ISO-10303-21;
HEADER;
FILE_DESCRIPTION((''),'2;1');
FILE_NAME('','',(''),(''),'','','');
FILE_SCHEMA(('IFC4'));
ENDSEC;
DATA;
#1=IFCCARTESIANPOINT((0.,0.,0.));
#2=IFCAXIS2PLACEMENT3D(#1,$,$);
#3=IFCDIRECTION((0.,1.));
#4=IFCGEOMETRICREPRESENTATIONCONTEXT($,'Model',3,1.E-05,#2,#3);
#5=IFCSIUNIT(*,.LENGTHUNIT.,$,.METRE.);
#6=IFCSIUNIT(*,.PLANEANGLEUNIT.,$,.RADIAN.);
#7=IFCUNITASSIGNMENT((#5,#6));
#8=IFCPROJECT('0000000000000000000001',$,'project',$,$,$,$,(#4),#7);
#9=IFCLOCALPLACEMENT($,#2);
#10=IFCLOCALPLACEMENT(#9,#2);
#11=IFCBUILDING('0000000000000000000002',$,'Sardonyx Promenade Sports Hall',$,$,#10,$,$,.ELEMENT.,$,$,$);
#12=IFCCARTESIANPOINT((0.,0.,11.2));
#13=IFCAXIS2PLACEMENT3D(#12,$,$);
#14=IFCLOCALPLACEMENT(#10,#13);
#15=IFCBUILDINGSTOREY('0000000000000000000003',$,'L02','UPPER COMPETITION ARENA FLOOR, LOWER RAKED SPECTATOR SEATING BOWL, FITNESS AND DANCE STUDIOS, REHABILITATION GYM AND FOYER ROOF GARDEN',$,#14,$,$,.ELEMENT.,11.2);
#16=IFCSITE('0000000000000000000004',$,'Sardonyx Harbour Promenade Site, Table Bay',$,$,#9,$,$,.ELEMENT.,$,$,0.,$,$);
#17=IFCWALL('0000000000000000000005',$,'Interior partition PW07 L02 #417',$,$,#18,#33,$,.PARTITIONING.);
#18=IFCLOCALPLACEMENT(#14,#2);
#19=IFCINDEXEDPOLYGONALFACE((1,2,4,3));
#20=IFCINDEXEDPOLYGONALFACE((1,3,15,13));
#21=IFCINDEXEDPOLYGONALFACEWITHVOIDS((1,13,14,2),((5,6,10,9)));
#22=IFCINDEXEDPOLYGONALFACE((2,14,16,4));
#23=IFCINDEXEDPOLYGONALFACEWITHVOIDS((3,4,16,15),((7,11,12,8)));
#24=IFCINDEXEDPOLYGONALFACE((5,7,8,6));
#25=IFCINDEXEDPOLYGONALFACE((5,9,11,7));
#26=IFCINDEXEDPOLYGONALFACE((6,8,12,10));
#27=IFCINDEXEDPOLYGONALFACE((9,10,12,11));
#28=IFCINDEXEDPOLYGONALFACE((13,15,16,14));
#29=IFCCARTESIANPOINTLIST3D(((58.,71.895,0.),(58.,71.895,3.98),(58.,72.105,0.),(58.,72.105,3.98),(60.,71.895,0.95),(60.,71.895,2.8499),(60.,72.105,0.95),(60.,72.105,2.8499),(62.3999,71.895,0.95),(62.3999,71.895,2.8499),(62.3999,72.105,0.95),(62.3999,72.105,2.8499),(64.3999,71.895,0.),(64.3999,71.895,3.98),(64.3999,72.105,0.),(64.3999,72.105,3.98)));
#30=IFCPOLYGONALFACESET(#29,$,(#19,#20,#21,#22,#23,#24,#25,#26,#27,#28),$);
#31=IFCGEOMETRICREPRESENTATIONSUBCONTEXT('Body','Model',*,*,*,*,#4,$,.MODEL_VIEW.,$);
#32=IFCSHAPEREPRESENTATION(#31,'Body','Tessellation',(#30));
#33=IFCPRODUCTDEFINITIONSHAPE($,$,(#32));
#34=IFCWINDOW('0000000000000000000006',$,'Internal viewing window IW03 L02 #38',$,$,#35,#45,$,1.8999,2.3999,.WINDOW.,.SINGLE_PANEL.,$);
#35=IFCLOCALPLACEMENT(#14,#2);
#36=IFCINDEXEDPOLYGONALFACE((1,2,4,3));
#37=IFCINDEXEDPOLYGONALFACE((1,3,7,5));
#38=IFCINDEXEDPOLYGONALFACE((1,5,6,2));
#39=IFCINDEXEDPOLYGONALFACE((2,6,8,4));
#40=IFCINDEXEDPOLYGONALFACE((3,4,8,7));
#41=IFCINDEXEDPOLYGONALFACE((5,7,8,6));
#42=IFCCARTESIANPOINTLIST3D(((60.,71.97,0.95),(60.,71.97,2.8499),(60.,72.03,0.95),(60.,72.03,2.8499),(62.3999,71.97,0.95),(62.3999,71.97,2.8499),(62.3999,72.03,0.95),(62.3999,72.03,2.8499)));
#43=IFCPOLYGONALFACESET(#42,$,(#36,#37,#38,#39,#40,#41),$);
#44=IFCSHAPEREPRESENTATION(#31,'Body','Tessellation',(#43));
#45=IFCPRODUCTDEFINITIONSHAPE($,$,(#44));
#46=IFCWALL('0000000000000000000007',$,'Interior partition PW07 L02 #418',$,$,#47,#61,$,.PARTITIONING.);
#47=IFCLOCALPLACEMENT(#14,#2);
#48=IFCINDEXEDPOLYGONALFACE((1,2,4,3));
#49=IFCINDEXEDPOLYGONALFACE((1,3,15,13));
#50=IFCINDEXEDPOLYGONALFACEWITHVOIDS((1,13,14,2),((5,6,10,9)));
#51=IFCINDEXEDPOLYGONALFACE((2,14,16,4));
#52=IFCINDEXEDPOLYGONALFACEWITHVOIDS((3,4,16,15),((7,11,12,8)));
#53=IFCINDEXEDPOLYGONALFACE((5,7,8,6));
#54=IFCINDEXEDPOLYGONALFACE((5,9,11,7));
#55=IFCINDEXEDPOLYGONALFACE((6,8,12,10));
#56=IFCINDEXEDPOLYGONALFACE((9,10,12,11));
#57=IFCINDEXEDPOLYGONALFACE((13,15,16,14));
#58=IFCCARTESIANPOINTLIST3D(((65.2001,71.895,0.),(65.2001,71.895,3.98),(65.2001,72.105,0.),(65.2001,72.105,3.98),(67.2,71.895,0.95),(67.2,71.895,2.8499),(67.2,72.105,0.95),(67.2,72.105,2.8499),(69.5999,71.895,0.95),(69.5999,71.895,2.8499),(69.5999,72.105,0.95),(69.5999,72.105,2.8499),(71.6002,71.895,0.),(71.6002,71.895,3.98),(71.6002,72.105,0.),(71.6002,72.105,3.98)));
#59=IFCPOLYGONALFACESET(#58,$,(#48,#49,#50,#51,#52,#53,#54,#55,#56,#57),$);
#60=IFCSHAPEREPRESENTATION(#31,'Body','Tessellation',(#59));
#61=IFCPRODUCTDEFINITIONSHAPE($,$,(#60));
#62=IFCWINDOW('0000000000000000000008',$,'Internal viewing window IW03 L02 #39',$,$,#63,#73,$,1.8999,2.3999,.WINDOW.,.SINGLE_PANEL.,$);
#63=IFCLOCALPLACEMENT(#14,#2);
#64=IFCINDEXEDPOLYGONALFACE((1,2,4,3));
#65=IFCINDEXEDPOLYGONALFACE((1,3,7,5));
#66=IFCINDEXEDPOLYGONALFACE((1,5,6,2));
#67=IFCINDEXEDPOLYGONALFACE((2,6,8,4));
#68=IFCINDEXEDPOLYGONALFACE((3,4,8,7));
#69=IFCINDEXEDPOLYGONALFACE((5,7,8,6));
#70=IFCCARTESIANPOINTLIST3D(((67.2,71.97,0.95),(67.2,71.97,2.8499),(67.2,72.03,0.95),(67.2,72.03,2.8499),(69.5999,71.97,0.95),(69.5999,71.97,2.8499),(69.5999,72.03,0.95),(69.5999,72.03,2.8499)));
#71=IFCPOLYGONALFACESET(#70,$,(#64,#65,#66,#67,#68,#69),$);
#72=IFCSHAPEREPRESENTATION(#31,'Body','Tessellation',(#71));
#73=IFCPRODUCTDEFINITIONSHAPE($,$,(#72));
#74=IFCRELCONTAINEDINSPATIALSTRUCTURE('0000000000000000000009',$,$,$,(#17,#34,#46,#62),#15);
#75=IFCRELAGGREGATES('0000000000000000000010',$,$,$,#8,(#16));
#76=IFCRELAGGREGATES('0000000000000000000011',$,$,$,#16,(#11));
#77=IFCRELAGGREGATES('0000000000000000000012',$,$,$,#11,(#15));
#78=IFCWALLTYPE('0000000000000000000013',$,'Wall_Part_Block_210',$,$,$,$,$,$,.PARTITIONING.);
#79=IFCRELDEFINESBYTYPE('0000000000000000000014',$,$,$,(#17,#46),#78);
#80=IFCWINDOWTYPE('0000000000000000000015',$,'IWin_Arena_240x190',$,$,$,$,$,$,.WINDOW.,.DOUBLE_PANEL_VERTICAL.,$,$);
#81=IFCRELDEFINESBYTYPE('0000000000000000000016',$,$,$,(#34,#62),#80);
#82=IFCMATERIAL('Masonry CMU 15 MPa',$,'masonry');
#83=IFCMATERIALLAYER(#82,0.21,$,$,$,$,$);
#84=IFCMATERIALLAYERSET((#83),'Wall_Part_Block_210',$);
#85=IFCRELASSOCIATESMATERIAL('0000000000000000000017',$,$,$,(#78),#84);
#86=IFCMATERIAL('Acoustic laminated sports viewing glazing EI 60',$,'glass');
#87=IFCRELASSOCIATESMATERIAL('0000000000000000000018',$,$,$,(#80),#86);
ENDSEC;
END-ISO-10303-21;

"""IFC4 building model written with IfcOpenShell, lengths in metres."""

from ifc_helpers import new_model, si_unit, direction, frame, frame_2d, origin, place, context, subcontext, project, spatial, rectangle, extrude, material, layer, layer_set, type_object, element, fill, save


model = new_model("IFC4")

# Units and contexts
model_context = context("Model", 3, precision=1e-05, world=origin(), true_north=direction((0.0, 1.0)))
body_context = subcontext(model_context, "Body", "Model", "MODEL_VIEW")
ifc_project = project(units=[si_unit("LENGTHUNIT", "METRE"), si_unit("PLANEANGLEUNIT", "RADIAN")], contexts=[model_context])

# Site, building, storey
site_placement = place(None, origin())
site = spatial("IfcSite", under=ifc_project, at=site_placement, Name="Sardonyx Harbour Promenade Site, Table Bay", CompositionType="ELEMENT", RefElevation=0.0)
building_placement = place(site_placement, origin())
building = spatial("IfcBuilding", under=site, at=building_placement, Name="Sardonyx Promenade Sports Hall", CompositionType="ELEMENT")
storey_placement = place(building_placement, frame((0.0, 0.0, 11.2)))
storey = spatial("IfcBuildingStorey", under=building, at=storey_placement, Name="L02", Description="UPPER COMPETITION ARENA FLOOR, LOWER RAKED SPECTATOR SEATING BOWL, FITNESS AND DANCE STUDIOS, REHABILITATION GYM AND FOYER ROOF GARDEN", CompositionType="ELEMENT", Elevation=11.2)

# Walls, openings, windows
ifc_material_1 = material(Name="Masonry CMU 15 MPa", Category="masonry")
ifc_layer_1 = layer(ifc_material_1, 0.21)
ifc_layer_set_1 = layer_set([ifc_layer_1], Name="Wall_Part_Block_210")
wall_type_1 = type_object("IfcWallType", Name="Wall_Part_Block_210", PredefinedType="PARTITIONING", material=ifc_layer_set_1)
wall_1_placement = place(storey_placement, frame((58.0, 72.0, 0.0), z_axis=(0.0, 0.0, 1.0), x_axis=(1.0, 0.0, 0.0)))
wall_1 = element("IfcWall", 1, at=wall_1_placement, inside=storey, type_object=wall_type_1, Name="Interior partition PW07 L02 #417", PredefinedType="PARTITIONING", context=body_context, shape_type="SweptSolid", body=[
    extrude(rectangle(XDim=6.3999, YDim=0.21, at=frame_2d((3.2, 0.0))), origin(), (0.0, 0.0, 1.0), 3.98),
])
opening_1_placement = place(wall_1_placement, frame((2.0, 0.0, 0.95)))
opening_1 = element("IfcOpeningElement", 2, at=opening_1_placement, cuts=wall_1, PredefinedType="OPENING", context=body_context, shape_type="SweptSolid", body=[
    extrude(rectangle(XDim=2.3999, YDim=1.8999, at=frame_2d((1.2, 0.95))), frame((0.0, 0.115, 0.0), z_axis=(0.0, -1.0, 0.0), x_axis=(1.0, 0.0, 0.0)), (0.0, 0.0, 1.0), 0.23),
])
ifc_material_2 = material(Name="Acoustic laminated sports viewing glazing EI 60", Category="glass")
window_type = type_object("IfcWindowType", Name="IWin_Arena_240x190", PartitioningType="DOUBLE_PANEL_VERTICAL", PredefinedType="WINDOW", material=ifc_material_2)
window_1_placement = place(opening_1_placement, origin())
window_1 = element("IfcWindow", 3, at=window_1_placement, inside=storey, type_object=window_type, Name="Internal viewing window IW03 L02 #38", OverallHeight=1.8999, OverallWidth=2.3999, PartitioningType="SINGLE_PANEL", PredefinedType="WINDOW", context=body_context, shape_type="SweptSolid", body=[
    extrude(rectangle(XDim=2.3999, YDim=1.8999, at=frame_2d((1.2, 0.95))), frame((0.0, 0.03, 0.0), z_axis=(0.0, -1.0, 0.0), x_axis=(1.0, 0.0, 0.0)), (0.0, 0.0, 1.0), 0.0601),
])
fill(opening_1, window_1)
wall_2_placement = place(storey_placement, frame((65.2, 72.0, 0.0), z_axis=(0.0, 0.0, 1.0), x_axis=(1.0, 0.0, 0.0)))
wall_2 = element("IfcWall", 4, at=wall_2_placement, inside=storey, type_object=wall_type_1, Name="Interior partition PW07 L02 #418", PredefinedType="PARTITIONING", context=body_context, shape_type="SweptSolid", body=[
    extrude(rectangle(XDim=6.4001, YDim=0.21, at=frame_2d((3.2002, 0.0))), origin(), (0.0, 0.0, 1.0), 3.98),
])
opening_2_placement = place(wall_2_placement, frame((2.0, 0.0, 0.95)))
opening_2 = element("IfcOpeningElement", 5, at=opening_2_placement, cuts=wall_2, PredefinedType="OPENING", context=body_context, shape_type="SweptSolid", body=[
    extrude(rectangle(XDim=2.3999, YDim=1.8999, at=frame_2d((1.2, 0.95))), frame((0.0, 0.115, 0.0), z_axis=(0.0, -1.0, 0.0), x_axis=(1.0, 0.0, 0.0)), (0.0, 0.0, 1.0), 0.23),
])
window_2_placement = place(opening_2_placement, origin())
window_2 = element("IfcWindow", 6, at=window_2_placement, inside=storey, type_object=window_type, Name="Internal viewing window IW03 L02 #39", OverallHeight=1.8999, OverallWidth=2.3999, PartitioningType="SINGLE_PANEL", PredefinedType="WINDOW", context=body_context, shape_type="SweptSolid", body=[
    extrude(rectangle(XDim=2.3999, YDim=1.8999, at=frame_2d((1.2, 0.95))), frame((0.0, 0.03, 0.0), z_axis=(0.0, -1.0, 0.0), x_axis=(1.0, 0.0, 0.0)), (0.0, 0.0, 1.0), 0.0601),
])
fill(opening_2, window_2)

save(model, "model.ifc")
